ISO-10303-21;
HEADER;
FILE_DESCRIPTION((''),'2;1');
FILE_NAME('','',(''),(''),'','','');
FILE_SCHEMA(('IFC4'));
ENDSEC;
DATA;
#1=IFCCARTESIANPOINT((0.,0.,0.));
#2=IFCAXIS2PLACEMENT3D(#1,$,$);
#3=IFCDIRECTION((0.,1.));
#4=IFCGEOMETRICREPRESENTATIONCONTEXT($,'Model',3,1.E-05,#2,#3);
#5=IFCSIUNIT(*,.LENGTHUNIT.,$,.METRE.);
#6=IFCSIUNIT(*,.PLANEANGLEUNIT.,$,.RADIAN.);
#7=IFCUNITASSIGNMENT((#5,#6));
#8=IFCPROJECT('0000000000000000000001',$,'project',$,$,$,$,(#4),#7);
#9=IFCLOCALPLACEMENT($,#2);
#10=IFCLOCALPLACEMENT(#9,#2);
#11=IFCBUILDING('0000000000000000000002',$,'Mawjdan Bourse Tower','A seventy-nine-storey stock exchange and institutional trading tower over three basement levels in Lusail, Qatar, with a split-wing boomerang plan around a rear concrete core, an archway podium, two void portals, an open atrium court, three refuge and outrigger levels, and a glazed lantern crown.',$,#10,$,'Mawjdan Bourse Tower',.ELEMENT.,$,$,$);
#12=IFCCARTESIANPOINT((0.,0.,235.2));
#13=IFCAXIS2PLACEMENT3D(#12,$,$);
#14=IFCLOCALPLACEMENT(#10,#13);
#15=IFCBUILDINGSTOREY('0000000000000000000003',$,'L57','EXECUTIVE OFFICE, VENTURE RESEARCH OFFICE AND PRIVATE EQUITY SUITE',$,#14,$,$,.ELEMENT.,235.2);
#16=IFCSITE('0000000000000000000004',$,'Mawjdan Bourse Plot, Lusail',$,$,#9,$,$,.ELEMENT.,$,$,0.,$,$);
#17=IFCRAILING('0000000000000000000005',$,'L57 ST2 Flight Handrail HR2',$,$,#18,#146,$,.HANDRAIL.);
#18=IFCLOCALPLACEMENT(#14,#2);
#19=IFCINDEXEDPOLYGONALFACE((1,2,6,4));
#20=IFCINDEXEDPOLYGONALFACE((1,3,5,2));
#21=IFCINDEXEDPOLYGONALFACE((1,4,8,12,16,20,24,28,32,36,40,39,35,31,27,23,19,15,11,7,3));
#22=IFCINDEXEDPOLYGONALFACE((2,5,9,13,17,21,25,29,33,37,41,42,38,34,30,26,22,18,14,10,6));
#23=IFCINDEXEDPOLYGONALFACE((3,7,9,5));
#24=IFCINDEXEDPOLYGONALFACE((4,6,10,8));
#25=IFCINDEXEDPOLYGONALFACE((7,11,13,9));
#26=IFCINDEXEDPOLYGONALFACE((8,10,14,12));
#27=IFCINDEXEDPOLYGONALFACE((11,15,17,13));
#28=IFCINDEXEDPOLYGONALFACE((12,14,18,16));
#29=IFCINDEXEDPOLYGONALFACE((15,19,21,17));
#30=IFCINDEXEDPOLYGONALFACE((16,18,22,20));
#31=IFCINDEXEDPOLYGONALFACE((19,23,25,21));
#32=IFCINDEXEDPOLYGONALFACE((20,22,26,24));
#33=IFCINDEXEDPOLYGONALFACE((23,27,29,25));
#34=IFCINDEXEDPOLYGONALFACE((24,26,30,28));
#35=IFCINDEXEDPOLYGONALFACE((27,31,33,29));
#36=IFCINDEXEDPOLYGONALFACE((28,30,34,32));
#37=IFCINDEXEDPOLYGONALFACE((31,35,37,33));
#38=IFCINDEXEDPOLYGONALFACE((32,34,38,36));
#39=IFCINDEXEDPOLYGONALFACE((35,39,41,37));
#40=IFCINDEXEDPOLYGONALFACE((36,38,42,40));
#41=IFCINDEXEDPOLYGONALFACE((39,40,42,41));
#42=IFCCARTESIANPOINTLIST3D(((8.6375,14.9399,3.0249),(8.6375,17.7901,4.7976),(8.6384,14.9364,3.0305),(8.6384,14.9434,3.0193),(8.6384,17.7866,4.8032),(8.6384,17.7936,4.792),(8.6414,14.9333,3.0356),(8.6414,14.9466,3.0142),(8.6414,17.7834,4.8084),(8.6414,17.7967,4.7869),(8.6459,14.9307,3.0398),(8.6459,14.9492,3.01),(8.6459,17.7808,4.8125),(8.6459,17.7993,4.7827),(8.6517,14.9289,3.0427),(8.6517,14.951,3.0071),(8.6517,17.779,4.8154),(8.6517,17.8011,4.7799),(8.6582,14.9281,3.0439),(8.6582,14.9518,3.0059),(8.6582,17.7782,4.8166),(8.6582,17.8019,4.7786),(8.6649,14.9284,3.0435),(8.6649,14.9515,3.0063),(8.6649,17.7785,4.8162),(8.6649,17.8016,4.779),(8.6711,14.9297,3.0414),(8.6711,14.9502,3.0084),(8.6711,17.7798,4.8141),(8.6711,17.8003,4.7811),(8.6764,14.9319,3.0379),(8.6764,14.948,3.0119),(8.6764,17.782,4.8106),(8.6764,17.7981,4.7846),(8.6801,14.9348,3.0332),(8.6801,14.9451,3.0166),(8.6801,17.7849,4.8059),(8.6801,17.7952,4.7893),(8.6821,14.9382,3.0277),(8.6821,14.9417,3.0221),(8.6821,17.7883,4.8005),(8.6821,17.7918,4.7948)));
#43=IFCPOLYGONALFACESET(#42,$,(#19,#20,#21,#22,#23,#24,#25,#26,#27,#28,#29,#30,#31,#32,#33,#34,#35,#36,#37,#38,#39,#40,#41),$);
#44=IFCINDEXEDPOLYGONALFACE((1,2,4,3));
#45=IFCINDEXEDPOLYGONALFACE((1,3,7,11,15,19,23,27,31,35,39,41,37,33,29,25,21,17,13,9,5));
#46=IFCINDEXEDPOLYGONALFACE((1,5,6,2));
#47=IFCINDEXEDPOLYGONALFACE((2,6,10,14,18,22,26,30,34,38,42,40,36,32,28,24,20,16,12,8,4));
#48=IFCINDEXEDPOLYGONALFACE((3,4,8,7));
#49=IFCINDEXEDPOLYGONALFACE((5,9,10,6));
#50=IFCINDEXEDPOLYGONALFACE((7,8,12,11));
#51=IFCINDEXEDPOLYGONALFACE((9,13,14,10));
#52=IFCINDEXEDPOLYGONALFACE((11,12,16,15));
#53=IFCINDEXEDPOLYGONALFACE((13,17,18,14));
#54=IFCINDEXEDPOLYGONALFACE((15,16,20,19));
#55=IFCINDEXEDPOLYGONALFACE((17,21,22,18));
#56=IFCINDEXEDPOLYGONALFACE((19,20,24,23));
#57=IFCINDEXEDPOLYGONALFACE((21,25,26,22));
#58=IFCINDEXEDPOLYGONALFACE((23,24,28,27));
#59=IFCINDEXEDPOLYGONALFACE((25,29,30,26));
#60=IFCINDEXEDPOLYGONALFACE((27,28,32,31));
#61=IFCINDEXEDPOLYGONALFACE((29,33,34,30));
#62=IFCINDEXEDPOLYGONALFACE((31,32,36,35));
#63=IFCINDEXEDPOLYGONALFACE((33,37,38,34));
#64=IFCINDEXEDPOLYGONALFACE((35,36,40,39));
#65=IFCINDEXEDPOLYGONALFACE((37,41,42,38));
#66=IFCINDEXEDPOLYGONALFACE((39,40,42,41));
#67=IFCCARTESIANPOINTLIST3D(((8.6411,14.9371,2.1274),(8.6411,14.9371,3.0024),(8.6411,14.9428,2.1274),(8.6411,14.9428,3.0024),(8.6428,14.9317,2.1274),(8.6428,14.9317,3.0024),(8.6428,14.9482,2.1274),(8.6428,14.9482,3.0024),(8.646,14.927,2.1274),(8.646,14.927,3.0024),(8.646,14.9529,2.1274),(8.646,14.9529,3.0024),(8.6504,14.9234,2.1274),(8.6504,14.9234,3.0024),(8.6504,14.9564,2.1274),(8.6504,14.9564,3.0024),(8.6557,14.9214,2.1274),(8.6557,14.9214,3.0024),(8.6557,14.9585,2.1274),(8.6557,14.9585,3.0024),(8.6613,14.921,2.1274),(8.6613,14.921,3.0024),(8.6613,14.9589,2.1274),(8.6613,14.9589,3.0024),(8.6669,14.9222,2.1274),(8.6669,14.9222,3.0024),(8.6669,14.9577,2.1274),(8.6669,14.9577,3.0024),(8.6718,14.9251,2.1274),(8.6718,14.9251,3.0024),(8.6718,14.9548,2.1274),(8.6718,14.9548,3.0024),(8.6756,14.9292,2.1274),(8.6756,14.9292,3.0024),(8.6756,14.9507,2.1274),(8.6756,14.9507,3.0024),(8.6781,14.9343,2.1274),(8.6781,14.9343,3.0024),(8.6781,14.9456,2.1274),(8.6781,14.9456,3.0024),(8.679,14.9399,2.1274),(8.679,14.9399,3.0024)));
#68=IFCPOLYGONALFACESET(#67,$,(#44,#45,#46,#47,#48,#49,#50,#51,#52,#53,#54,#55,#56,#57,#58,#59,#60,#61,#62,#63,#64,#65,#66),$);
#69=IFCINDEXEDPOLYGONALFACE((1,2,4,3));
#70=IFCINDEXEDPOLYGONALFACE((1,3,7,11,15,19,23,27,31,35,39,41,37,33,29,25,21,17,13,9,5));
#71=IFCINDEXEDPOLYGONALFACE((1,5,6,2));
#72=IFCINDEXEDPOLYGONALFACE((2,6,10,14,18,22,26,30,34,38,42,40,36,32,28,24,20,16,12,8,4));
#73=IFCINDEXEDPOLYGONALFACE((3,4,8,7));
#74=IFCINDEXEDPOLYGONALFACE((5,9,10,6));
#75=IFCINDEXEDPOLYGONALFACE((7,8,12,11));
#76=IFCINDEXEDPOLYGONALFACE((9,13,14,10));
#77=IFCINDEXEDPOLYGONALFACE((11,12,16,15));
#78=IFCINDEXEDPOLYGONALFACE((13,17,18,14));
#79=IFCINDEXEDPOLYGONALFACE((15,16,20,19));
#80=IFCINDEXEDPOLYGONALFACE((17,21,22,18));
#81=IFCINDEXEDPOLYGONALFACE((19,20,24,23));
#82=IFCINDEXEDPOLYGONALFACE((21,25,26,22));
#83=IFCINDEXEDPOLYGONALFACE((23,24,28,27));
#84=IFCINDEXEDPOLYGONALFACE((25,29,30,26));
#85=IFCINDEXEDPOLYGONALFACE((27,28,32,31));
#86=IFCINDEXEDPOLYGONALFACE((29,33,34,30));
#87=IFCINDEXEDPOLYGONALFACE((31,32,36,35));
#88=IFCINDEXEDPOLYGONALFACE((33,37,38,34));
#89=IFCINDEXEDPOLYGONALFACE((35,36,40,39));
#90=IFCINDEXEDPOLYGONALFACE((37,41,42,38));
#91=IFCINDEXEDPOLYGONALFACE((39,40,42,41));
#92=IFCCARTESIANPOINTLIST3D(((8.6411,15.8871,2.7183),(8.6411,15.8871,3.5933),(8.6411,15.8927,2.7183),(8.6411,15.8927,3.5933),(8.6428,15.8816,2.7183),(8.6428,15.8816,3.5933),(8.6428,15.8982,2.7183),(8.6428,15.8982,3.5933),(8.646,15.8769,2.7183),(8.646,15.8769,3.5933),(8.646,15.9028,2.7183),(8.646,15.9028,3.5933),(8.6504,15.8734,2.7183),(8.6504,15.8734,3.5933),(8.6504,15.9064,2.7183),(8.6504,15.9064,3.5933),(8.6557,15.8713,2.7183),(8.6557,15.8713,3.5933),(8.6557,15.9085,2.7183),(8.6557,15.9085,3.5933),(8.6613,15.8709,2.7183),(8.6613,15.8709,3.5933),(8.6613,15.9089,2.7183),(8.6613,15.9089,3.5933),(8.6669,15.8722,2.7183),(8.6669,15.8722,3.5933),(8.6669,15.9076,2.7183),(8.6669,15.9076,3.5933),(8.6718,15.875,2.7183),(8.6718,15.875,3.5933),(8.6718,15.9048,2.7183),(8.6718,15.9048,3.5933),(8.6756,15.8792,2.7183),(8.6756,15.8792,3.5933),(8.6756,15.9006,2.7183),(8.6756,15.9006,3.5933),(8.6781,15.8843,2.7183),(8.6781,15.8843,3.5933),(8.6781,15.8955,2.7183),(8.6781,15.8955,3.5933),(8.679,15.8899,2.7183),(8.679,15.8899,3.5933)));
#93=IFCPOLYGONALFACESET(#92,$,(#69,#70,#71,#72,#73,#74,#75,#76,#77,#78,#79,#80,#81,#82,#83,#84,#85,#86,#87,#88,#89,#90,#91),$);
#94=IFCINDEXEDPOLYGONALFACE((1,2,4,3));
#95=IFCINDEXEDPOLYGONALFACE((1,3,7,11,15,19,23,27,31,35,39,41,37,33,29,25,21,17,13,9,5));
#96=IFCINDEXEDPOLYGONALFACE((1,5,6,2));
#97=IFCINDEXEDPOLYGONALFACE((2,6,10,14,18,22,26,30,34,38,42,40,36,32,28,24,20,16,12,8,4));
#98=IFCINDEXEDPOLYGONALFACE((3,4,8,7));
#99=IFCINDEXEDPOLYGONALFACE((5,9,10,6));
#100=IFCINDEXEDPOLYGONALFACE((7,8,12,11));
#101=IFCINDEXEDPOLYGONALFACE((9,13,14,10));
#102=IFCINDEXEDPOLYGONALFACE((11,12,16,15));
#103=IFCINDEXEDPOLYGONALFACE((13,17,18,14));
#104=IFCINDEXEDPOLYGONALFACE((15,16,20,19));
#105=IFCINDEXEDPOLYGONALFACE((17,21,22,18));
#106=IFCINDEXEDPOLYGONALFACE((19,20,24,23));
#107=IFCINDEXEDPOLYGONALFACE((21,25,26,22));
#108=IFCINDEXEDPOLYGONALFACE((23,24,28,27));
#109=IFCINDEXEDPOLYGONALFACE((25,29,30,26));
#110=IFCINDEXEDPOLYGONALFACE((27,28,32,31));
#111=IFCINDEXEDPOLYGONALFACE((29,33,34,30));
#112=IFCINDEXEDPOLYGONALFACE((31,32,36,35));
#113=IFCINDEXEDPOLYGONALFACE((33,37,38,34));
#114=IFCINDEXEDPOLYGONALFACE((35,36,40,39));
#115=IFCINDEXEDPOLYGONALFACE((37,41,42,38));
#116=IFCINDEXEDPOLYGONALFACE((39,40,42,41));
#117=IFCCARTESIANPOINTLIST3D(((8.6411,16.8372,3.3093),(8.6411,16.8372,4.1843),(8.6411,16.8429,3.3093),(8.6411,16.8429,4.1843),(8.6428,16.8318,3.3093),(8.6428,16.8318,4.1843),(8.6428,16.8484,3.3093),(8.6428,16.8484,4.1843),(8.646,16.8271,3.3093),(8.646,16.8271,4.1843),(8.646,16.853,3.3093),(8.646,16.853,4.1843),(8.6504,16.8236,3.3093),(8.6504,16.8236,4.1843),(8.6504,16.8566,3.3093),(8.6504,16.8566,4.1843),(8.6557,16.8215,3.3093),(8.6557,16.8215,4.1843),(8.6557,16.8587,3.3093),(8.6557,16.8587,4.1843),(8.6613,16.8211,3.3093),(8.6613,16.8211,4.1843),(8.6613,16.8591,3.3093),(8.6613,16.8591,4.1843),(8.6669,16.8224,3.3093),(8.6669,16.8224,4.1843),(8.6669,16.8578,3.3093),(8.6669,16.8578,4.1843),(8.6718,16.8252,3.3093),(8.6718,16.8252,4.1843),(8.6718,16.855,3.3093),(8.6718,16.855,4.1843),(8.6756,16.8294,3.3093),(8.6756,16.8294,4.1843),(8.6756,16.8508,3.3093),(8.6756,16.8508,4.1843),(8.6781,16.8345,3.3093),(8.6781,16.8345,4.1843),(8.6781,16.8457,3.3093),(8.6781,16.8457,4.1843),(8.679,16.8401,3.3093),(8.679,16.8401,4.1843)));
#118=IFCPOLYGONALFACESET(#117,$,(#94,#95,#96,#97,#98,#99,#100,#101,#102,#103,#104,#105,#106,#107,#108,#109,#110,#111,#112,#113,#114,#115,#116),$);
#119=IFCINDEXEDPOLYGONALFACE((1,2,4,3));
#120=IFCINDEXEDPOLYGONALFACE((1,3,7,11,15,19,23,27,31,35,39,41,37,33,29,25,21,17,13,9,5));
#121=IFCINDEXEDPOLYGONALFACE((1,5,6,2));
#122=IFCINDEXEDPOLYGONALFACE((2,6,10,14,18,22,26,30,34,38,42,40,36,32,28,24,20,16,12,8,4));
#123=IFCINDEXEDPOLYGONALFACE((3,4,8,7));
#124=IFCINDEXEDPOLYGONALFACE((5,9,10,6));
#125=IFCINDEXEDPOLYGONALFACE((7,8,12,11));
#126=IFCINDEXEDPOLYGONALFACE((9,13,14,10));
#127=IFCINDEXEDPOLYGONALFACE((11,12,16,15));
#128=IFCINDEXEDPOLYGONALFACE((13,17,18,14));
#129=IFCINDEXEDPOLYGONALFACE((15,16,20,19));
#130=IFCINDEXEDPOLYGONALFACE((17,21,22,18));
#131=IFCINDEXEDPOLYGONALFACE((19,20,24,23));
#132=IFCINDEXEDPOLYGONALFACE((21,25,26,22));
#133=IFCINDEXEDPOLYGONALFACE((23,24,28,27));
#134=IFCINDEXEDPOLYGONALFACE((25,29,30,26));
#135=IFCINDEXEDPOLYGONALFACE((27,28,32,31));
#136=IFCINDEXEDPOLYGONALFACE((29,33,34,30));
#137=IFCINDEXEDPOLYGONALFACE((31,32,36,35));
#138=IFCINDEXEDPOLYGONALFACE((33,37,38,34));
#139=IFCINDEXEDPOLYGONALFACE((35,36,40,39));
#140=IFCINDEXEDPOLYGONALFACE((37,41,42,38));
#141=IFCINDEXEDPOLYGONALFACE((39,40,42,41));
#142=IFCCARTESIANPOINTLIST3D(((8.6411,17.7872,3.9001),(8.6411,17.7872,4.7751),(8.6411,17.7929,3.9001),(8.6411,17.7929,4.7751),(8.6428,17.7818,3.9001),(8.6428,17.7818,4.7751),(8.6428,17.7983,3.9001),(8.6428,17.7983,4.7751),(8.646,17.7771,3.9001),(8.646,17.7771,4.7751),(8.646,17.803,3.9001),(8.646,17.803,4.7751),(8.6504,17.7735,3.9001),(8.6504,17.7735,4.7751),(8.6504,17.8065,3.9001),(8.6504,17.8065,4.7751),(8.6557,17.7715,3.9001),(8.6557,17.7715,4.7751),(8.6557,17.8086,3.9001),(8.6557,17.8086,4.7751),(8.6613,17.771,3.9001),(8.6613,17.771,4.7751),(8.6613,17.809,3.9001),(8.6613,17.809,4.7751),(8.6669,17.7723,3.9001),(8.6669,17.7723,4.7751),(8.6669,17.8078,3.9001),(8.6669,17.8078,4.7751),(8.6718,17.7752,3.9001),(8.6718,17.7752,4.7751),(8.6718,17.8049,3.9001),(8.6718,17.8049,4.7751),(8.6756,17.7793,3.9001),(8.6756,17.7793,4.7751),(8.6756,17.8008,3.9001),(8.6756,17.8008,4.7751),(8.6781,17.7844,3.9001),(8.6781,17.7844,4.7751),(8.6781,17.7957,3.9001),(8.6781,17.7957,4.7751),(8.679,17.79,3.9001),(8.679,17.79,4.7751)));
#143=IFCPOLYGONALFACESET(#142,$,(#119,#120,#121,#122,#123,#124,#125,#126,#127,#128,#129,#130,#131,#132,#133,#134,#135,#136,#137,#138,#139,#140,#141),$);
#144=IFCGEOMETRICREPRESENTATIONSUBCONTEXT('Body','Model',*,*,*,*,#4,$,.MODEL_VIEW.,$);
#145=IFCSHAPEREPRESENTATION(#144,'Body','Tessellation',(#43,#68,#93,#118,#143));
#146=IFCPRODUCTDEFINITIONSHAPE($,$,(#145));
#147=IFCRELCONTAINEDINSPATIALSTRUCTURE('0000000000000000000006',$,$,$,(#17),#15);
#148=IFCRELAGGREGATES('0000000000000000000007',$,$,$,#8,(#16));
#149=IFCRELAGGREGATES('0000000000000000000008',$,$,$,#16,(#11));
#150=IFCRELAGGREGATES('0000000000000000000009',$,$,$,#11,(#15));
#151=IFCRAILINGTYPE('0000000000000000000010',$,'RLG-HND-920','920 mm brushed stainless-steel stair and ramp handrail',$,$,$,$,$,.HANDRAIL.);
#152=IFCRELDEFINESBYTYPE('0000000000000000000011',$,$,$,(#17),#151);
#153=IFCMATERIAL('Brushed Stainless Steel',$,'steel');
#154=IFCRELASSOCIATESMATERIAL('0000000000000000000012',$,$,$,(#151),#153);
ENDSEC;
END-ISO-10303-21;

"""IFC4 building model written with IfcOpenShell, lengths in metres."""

from ifc_helpers import new_model, si_unit, direction, frame, origin, origin_2d, place, context, subcontext, project, spatial, circle, extrude, material, type_object, element, save


model = new_model("IFC4")

# Units and contexts
model_context = context("Model", 3, precision=1e-05, world=origin(), true_north=direction((0.0, 1.0)))
body_context = subcontext(model_context, "Body", "Model", "MODEL_VIEW")
ifc_project = project(units=[si_unit("LENGTHUNIT", "METRE"), si_unit("PLANEANGLEUNIT", "RADIAN")], contexts=[model_context])

# Site, building, storey
site_placement = place(None, origin())
site = spatial("IfcSite", under=ifc_project, at=site_placement, Name="Mawjdan Bourse Plot, Lusail", CompositionType="ELEMENT", RefElevation=0.0)
building_placement = place(site_placement, origin())
building = spatial("IfcBuilding", under=site, at=building_placement, Name="Mawjdan Bourse Tower", Description="A seventy-nine-storey stock exchange and institutional trading tower over three basement levels in Lusail, Qatar, with a split-wing boomerang plan around a rear concrete core, an archway podium, two void portals, an open atrium court, three refuge and outrigger levels, and a glazed lantern crown.", LongName="Mawjdan Bourse Tower", CompositionType="ELEMENT")
storey_placement = place(building_placement, frame((0.0, 0.0, 235.2)))
storey = spatial("IfcBuildingStorey", under=building, at=storey_placement, Name="L57", Description="EXECUTIVE OFFICE, VENTURE RESEARCH OFFICE AND PRIVATE EQUITY SUITE", CompositionType="ELEMENT", Elevation=235.2)

# Railing
ifc_material_1 = material(Name="Brushed Stainless Steel", Category="steel")
railing_type_1 = type_object("IfcRailingType", Name="RLG-HND-920", Description="920 mm brushed stainless-steel stair and ramp handrail", PredefinedType="HANDRAIL", material=ifc_material_1)
for number, where, name in (
    (1, (8.6599, 14.9399, 2.1274), "L57 ST2 Flight Handrail HR2"),
):
    element("IfcRailing", number, at=place(storey_placement, frame(where)), inside=storey, type_object=railing_type_1, Name=name, PredefinedType="HANDRAIL", context=body_context, shape_type="SweptSolid", body=[
        extrude(circle(Radius=0.0225, at=origin_2d()), frame((0.0, 0.0, 0.8975), z_axis=(0.0, 0.849149, 0.528154), x_axis=(-1.0, 0.0, 0.0)), (0.0, 0.0, 1.0), 3.3564),
        extrude(circle(Radius=0.019, at=origin_2d()), origin(), (0.0, 0.0, 1.0), 0.875),
        extrude(circle(Radius=0.019, at=origin_2d()), frame((0.0, 0.95, 0.5908)), (0.0, 0.0, 1.0), 0.875),
        extrude(circle(Radius=0.019, at=origin_2d()), frame((0.0, 1.9001, 1.1819)), (0.0, 0.0, 1.0), 0.875),
        extrude(circle(Radius=0.019, at=origin_2d()), frame((0.0, 2.8501, 1.7727)), (0.0, 0.0, 1.0), 0.875),
    ])

save(model, "model.ifc")
